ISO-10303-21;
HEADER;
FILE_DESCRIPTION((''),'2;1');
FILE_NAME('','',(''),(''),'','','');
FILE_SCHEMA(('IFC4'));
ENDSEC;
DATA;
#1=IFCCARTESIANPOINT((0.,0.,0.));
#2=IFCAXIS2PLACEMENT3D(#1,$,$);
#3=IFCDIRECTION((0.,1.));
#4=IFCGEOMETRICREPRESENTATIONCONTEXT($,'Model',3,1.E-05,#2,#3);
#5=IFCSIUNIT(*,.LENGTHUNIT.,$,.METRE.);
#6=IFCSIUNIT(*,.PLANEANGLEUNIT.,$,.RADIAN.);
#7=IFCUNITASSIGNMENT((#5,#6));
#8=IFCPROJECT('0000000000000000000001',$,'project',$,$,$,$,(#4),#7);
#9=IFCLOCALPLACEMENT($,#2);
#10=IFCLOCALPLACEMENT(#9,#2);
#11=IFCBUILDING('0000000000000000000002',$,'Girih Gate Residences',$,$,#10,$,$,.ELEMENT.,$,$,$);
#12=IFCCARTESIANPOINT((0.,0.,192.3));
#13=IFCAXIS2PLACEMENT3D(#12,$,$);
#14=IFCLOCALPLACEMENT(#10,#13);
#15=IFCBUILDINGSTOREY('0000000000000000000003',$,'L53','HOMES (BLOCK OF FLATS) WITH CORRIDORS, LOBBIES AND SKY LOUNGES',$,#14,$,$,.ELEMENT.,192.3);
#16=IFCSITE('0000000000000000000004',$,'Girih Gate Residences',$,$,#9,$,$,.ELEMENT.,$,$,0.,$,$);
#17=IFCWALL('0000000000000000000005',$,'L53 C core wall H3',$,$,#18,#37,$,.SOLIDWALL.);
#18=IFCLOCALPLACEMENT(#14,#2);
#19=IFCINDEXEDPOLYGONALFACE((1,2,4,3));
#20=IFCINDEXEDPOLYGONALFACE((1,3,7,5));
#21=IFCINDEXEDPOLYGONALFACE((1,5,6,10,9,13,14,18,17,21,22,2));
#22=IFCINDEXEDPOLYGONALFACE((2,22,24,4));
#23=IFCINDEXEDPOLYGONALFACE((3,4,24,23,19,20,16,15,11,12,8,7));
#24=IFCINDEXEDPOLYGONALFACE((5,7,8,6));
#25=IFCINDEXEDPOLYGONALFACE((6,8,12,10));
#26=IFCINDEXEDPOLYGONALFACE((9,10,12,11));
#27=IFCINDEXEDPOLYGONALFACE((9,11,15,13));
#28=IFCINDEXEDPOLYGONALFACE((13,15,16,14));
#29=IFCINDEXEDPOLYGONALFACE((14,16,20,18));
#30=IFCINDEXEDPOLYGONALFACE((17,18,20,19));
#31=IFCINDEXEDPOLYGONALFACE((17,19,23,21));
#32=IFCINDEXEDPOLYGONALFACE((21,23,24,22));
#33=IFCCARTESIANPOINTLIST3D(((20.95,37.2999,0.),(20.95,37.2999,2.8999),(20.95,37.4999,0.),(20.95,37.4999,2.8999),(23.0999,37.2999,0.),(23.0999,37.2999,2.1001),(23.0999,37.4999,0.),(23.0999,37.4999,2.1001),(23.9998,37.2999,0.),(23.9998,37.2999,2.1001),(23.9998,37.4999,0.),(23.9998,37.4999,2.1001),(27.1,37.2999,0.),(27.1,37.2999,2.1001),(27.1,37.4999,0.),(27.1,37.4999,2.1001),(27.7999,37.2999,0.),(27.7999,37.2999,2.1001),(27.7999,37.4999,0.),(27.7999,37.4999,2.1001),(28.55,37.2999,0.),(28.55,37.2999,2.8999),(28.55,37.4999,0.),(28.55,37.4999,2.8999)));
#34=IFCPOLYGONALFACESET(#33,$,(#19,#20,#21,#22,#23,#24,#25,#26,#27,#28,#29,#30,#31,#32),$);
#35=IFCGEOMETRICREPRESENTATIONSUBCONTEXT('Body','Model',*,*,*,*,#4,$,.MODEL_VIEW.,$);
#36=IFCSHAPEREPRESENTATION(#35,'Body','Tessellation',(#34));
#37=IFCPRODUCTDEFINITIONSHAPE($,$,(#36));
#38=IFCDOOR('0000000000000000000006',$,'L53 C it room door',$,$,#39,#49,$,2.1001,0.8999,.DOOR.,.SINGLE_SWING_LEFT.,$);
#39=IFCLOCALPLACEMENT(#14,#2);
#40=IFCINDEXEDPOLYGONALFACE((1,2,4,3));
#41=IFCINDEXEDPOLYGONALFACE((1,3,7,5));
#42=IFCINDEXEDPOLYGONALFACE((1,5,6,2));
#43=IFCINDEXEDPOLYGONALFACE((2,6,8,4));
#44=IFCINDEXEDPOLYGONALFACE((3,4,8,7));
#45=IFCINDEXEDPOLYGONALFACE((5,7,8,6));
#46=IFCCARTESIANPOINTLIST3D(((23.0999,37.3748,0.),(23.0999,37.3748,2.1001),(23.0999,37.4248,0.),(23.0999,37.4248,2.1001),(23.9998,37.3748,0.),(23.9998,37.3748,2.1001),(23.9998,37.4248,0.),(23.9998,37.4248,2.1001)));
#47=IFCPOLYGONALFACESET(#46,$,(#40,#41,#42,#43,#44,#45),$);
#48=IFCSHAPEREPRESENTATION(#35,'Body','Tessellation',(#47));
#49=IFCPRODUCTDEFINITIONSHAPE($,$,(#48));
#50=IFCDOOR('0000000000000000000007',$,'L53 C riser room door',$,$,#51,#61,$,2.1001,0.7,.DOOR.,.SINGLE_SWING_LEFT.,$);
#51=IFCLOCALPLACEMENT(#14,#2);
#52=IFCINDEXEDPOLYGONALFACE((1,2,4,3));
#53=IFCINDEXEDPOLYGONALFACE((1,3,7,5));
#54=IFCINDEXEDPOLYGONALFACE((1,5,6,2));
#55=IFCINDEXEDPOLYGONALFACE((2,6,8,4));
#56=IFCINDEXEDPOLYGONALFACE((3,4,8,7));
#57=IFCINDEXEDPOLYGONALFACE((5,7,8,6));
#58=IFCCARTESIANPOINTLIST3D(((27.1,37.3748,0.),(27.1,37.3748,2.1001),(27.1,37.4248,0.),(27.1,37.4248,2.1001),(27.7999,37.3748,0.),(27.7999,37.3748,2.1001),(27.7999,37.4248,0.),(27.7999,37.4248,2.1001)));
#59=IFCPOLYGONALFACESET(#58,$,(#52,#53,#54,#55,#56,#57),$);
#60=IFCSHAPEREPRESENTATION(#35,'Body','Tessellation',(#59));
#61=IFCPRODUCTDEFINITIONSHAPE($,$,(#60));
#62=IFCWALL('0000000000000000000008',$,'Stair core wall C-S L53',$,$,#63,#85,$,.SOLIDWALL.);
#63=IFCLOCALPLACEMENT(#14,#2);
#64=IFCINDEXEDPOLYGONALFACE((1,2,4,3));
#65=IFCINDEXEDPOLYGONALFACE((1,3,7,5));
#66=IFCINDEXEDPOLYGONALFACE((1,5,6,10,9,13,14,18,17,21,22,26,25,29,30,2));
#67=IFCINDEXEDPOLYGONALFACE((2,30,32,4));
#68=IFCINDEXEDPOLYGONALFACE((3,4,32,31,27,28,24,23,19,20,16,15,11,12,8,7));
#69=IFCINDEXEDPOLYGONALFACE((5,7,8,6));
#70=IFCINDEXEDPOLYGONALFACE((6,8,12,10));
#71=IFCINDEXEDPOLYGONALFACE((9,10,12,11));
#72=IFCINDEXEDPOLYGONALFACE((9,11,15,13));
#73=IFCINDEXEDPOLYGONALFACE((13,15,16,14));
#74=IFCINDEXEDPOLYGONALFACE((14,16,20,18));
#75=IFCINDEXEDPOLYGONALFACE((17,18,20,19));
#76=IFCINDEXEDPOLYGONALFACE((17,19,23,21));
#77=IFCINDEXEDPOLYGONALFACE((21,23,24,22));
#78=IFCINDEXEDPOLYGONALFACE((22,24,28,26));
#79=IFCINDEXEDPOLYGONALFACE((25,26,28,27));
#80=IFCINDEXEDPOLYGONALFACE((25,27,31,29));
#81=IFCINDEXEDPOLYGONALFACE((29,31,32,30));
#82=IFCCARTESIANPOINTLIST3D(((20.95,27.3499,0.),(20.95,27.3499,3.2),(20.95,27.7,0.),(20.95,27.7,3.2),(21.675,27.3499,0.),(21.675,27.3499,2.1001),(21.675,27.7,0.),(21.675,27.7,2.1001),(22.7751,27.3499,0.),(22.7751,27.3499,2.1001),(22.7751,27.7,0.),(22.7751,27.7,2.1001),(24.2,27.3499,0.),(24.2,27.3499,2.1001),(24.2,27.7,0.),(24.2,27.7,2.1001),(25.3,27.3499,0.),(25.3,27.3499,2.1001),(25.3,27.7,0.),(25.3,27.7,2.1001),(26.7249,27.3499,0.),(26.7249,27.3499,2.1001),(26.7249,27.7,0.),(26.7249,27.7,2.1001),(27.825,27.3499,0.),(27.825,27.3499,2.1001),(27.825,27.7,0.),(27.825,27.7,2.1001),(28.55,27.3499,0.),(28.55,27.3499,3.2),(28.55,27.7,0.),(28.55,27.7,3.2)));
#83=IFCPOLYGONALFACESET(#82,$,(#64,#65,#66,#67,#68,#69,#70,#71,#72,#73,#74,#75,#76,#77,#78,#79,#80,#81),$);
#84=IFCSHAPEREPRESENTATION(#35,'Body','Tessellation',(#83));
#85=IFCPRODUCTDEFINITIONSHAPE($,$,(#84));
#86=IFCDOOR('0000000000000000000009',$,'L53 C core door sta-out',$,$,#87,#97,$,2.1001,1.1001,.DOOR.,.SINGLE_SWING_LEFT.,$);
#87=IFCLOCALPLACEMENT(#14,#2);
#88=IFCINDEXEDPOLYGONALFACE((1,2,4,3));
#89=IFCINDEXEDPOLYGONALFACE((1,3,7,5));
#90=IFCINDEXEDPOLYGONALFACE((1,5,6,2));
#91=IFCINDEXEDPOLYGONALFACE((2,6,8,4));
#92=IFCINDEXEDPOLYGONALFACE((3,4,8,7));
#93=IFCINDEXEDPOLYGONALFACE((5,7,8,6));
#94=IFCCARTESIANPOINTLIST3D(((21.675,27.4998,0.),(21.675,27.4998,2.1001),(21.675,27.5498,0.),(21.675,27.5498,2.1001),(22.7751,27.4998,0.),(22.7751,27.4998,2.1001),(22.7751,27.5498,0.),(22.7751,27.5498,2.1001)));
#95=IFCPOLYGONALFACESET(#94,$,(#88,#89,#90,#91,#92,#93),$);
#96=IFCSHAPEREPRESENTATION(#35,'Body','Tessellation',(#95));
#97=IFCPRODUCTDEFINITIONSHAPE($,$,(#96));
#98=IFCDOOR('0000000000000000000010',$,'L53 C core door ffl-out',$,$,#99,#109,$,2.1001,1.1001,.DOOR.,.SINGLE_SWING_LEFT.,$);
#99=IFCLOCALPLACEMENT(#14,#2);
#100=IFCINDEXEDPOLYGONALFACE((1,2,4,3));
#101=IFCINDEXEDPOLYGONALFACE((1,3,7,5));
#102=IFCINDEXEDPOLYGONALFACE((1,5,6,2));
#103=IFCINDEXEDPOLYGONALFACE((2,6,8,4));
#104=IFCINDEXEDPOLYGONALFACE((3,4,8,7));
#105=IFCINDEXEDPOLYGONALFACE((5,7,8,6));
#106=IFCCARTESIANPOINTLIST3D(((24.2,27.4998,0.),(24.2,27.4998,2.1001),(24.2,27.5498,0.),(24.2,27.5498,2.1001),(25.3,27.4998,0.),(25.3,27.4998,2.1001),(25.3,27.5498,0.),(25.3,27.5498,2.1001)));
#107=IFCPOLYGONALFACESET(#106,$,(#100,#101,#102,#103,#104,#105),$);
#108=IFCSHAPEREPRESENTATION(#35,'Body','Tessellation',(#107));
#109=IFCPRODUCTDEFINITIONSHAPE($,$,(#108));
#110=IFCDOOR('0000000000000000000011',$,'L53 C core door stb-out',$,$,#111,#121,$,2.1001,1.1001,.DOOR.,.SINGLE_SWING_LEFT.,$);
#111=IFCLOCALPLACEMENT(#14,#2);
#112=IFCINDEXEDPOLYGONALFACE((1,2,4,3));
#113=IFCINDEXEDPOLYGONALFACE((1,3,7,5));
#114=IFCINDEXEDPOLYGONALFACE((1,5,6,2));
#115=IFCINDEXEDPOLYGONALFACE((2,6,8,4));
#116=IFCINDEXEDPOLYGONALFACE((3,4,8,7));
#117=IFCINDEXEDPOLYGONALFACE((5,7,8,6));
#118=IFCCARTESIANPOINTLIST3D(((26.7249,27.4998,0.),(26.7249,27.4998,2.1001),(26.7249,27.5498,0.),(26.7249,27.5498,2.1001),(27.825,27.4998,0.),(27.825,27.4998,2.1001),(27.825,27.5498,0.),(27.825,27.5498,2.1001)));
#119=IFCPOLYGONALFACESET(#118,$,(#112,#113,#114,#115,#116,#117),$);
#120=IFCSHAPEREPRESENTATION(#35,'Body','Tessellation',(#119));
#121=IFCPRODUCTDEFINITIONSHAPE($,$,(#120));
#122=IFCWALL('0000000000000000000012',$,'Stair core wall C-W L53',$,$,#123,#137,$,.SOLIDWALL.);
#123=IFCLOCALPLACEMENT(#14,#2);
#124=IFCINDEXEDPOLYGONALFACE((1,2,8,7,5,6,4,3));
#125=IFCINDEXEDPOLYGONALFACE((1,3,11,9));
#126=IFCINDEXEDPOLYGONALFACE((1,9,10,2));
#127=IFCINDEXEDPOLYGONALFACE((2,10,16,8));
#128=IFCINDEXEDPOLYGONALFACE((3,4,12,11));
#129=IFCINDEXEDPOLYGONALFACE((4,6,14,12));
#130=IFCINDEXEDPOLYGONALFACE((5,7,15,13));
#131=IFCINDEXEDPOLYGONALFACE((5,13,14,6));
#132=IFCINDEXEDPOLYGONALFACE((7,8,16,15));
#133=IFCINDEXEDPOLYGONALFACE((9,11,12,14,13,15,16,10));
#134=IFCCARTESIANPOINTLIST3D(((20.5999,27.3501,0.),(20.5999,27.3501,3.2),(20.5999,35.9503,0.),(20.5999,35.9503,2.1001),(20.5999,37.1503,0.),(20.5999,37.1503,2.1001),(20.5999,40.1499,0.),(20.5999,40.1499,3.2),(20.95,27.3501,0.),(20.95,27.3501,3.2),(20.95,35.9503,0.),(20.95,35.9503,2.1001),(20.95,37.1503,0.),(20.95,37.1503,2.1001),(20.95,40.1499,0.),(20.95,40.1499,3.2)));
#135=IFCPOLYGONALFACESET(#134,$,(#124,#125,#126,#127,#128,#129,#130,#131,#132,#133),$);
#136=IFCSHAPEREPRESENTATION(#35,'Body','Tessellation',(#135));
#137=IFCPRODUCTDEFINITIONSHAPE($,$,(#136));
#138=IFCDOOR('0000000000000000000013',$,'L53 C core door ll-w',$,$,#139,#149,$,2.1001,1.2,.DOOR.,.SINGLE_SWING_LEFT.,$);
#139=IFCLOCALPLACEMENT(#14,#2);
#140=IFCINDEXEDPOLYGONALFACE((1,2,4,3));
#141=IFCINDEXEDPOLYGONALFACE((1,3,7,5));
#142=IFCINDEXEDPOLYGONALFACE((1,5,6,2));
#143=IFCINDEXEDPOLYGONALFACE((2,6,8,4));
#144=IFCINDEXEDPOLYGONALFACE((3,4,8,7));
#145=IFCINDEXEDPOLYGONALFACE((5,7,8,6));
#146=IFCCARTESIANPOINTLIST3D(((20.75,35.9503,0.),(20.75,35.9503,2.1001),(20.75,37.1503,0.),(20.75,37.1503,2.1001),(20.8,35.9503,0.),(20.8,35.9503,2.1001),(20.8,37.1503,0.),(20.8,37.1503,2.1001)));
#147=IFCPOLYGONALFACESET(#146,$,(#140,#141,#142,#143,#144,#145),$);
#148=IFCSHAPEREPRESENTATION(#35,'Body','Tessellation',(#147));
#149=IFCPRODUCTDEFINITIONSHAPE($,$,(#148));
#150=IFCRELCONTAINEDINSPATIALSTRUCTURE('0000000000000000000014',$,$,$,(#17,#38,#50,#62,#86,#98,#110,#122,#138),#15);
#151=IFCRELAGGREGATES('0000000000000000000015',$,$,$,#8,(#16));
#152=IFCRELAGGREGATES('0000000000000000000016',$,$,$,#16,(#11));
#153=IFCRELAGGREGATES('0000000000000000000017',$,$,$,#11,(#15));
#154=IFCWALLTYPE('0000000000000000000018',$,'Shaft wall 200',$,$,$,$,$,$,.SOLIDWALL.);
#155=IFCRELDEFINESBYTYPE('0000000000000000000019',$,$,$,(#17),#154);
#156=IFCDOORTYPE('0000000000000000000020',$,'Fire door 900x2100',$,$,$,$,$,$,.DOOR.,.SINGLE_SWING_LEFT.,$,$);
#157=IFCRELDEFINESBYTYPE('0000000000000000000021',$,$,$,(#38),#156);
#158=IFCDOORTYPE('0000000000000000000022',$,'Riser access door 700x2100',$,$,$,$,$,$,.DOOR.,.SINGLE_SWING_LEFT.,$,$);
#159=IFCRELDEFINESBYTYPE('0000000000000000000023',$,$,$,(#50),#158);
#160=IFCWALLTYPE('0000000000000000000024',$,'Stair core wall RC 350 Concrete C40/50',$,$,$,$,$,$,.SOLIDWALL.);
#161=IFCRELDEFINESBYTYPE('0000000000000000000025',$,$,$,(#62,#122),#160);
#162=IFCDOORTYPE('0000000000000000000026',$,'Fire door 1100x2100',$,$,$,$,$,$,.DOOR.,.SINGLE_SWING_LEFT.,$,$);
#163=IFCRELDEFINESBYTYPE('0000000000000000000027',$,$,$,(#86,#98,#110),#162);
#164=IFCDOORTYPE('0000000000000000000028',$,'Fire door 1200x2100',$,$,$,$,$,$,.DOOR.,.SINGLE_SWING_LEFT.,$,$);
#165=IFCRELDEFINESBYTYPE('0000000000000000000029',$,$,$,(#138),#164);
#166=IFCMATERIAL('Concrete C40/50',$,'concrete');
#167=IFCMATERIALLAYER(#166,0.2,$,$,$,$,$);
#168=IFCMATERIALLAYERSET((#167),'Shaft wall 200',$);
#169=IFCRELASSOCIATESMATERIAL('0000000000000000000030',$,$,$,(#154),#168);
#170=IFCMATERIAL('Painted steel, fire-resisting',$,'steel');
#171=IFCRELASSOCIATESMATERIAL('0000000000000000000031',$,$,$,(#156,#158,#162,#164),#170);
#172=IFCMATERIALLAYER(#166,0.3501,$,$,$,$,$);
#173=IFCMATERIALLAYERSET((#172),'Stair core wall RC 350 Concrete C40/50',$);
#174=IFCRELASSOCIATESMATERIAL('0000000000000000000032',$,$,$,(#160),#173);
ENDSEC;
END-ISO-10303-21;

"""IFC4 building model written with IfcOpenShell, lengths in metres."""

from ifc_helpers import new_model, si_unit, direction, frame, frame_2d, origin, place, context, subcontext, project, spatial, rectangle, extrude, material, layer, layer_set, type_object, element, fill, save


model = new_model("IFC4")

# Units and contexts
model_context = context("Model", 3, precision=1e-05, world=origin(), true_north=direction((0.0, 1.0)))
body_context = subcontext(model_context, "Body", "Model", "MODEL_VIEW")
ifc_project = project(units=[si_unit("LENGTHUNIT", "METRE"), si_unit("PLANEANGLEUNIT", "RADIAN")], contexts=[model_context])

# Site, building, storey
site_placement = place(None, origin())
site = spatial("IfcSite", under=ifc_project, at=site_placement, Name="Girih Gate Residences", CompositionType="ELEMENT", RefElevation=0.0)
building_placement = place(site_placement, origin())
building = spatial("IfcBuilding", under=site, at=building_placement, Name="Girih Gate Residences", CompositionType="ELEMENT")
storey_placement = place(building_placement, frame((0.0, 0.0, 192.3)))
storey = spatial("IfcBuildingStorey", under=building, at=storey_placement, Name="L53", Description="HOMES (BLOCK OF FLATS) WITH CORRIDORS, LOBBIES AND SKY LOUNGES", CompositionType="ELEMENT", Elevation=192.3)

# Shared definitions
ifc_material_1 = material(Name="Concrete C40/50", Category="concrete")
ifc_layer_1 = layer(ifc_material_1, 0.2)
ifc_layer_set_1 = layer_set([ifc_layer_1], Name="Shaft wall 200")
wall_type_1 = type_object("IfcWallType", Name="Shaft wall 200", PredefinedType="SOLIDWALL", material=ifc_layer_set_1)

# Shared definitions
ifc_material_2 = material(Name="Painted steel, fire-resisting", Category="steel")
door_type_1 = type_object("IfcDoorType", Name="Fire door 900x2100", OperationType="SINGLE_SWING_LEFT", PredefinedType="DOOR", material=ifc_material_2)

# Walls, openings, doors
wall_1_placement = place(storey_placement, frame((20.95, 37.3999, 0.0), z_axis=(0.0, 0.0, 1.0), x_axis=(1.0, 0.0, 0.0)))
wall_1 = element("IfcWall", 1, at=wall_1_placement, inside=storey, type_object=wall_type_1, Name="L53 C core wall H3", PredefinedType="SOLIDWALL", context=body_context, shape_type="SweptSolid", body=[
    extrude(rectangle(XDim=7.6001, YDim=0.2, at=frame_2d((3.8, 0.0))), origin(), (0.0, 0.0, 1.0), 2.8999),
])
opening_1_placement = place(wall_1_placement, frame((6.1499, 0.0, 0.0)))
opening_1 = element("IfcOpeningElement", 2, at=opening_1_placement, cuts=wall_1, PredefinedType="OPENING", context=body_context, shape_type="SweptSolid", body=[
    extrude(rectangle(XDim=0.7, YDim=2.1001, at=frame_2d((0.3501, 1.05))), frame((0.0, 0.1099, 0.0), z_axis=(0.0, -1.0, 0.0), x_axis=(1.0, 0.0, 0.0)), (0.0, 0.0, 1.0), 0.22),
])
opening_2_placement = place(wall_1_placement, frame((2.1499, 0.0, 0.0)))
opening_2 = element("IfcOpeningElement", 3, at=opening_2_placement, cuts=wall_1, PredefinedType="OPENING", context=body_context, shape_type="SweptSolid", body=[
    extrude(rectangle(XDim=0.8999, YDim=2.1001, at=frame_2d((0.45, 1.05))), frame((0.0, 0.1099, 0.0), z_axis=(0.0, -1.0, 0.0), x_axis=(1.0, 0.0, 0.0)), (0.0, 0.0, 1.0), 0.22),
])
door_1_placement = place(opening_2_placement, origin())
door_1 = element("IfcDoor", 4, at=door_1_placement, inside=storey, type_object=door_type_1, Name="L53 C it room door", OperationType="SINGLE_SWING_LEFT", OverallHeight=2.1001, OverallWidth=0.8999, PredefinedType="DOOR", context=body_context, shape_type="SweptSolid", body=[
    extrude(rectangle(XDim=0.8999, YDim=2.1001, at=frame_2d((0.45, 1.05))), frame((0.0, 0.0249, 0.0), z_axis=(0.0, -1.0, 0.0), x_axis=(1.0, 0.0, 0.0)), (0.0, 0.0, 1.0), 0.05),
])
fill(opening_2, door_1)
door_type_2 = type_object("IfcDoorType", Name="Riser access door 700x2100", OperationType="SINGLE_SWING_LEFT", PredefinedType="DOOR", material=ifc_material_2)
door_2_placement = place(opening_1_placement, origin())
door_2 = element("IfcDoor", 5, at=door_2_placement, inside=storey, type_object=door_type_2, Name="L53 C riser room door", OperationType="SINGLE_SWING_LEFT", OverallHeight=2.1001, OverallWidth=0.7, PredefinedType="DOOR", context=body_context, shape_type="SweptSolid", body=[
    extrude(rectangle(XDim=0.7, YDim=2.1001, at=frame_2d((0.3501, 1.05))), frame((0.0, 0.0249, 0.0), z_axis=(0.0, -1.0, 0.0), x_axis=(1.0, 0.0, 0.0)), (0.0, 0.0, 1.0), 0.05),
])
fill(opening_1, door_2)
ifc_layer_2 = layer(ifc_material_1, 0.3501)
ifc_layer_set_2 = layer_set([ifc_layer_2], Name="Stair core wall RC 350 Concrete C40/50")
wall_type_2 = type_object("IfcWallType", Name="Stair core wall RC 350 Concrete C40/50", PredefinedType="SOLIDWALL", material=ifc_layer_set_2)
wall_2_placement = place(storey_placement, frame((20.95, 27.5249, 0.0), z_axis=(0.0, 0.0, 1.0), x_axis=(1.0, 0.0, 0.0)))
wall_2 = element("IfcWall", 6, at=wall_2_placement, inside=storey, type_object=wall_type_2, Name="Stair core wall C-S L53", PredefinedType="SOLIDWALL", context=body_context, shape_type="SweptSolid", body=[
    extrude(rectangle(XDim=7.6001, YDim=0.3501, at=frame_2d((3.8, 0.0))), origin(), (0.0, 0.0, 1.0), 3.2),
])
opening_3_placement = place(wall_2_placement, frame((0.7251, 0.0, 0.0)))
opening_3 = element("IfcOpeningElement", 7, at=opening_3_placement, cuts=wall_2, PredefinedType="OPENING", context=body_context, shape_type="SweptSolid", body=[
    extrude(rectangle(XDim=1.1001, YDim=2.1001, at=frame_2d((0.55, 1.05))), frame((0.0, 0.1851, 0.0), z_axis=(0.0, -1.0, 0.0), x_axis=(1.0, 0.0, 0.0)), (0.0, 0.0, 1.0), 0.3701),
])
opening_4_placement = place(wall_2_placement, frame((3.25, 0.0, 0.0)))
opening_4 = element("IfcOpeningElement", 8, at=opening_4_placement, cuts=wall_2, PredefinedType="OPENING", context=body_context, shape_type="SweptSolid", body=[
    extrude(rectangle(XDim=1.1001, YDim=2.1001, at=frame_2d((0.55, 1.05))), frame((0.0, 0.1851, 0.0), z_axis=(0.0, -1.0, 0.0), x_axis=(1.0, 0.0, 0.0)), (0.0, 0.0, 1.0), 0.3701),
])
opening_5_placement = place(wall_2_placement, frame((5.7749, 0.0, 0.0)))
opening_5 = element("IfcOpeningElement", 9, at=opening_5_placement, cuts=wall_2, PredefinedType="OPENING", context=body_context, shape_type="SweptSolid", body=[
    extrude(rectangle(XDim=1.1001, YDim=2.1001, at=frame_2d((0.55, 1.05))), frame((0.0, 0.1851, 0.0), z_axis=(0.0, -1.0, 0.0), x_axis=(1.0, 0.0, 0.0)), (0.0, 0.0, 1.0), 0.3701),
])
door_type_3 = type_object("IfcDoorType", Name="Fire door 1100x2100", OperationType="SINGLE_SWING_LEFT", PredefinedType="DOOR", material=ifc_material_2)
door_3_placement = place(opening_3_placement, origin())
door_3 = element("IfcDoor", 10, at=door_3_placement, inside=storey, type_object=door_type_3, Name="L53 C core door sta-out", OperationType="SINGLE_SWING_LEFT", OverallHeight=2.1001, OverallWidth=1.1001, PredefinedType="DOOR", context=body_context, shape_type="SweptSolid", body=[
    extrude(rectangle(XDim=1.1001, YDim=2.1001, at=frame_2d((0.55, 1.05))), frame((0.0, 0.0249, 0.0), z_axis=(0.0, -1.0, 0.0), x_axis=(1.0, 0.0, 0.0)), (0.0, 0.0, 1.0), 0.05),
])
fill(opening_3, door_3)
door_4_placement = place(opening_4_placement, origin())
door_4 = element("IfcDoor", 11, at=door_4_placement, inside=storey, type_object=door_type_3, Name="L53 C core door ffl-out", OperationType="SINGLE_SWING_LEFT", OverallHeight=2.1001, OverallWidth=1.1001, PredefinedType="DOOR", context=body_context, shape_type="SweptSolid", body=[
    extrude(rectangle(XDim=1.1001, YDim=2.1001, at=frame_2d((0.55, 1.05))), frame((0.0, 0.0249, 0.0), z_axis=(0.0, -1.0, 0.0), x_axis=(1.0, 0.0, 0.0)), (0.0, 0.0, 1.0), 0.05),
])
fill(opening_4, door_4)
door_5_placement = place(opening_5_placement, origin())
door_5 = element("IfcDoor", 12, at=door_5_placement, inside=storey, type_object=door_type_3, Name="L53 C core door stb-out", OperationType="SINGLE_SWING_LEFT", OverallHeight=2.1001, OverallWidth=1.1001, PredefinedType="DOOR", context=body_context, shape_type="SweptSolid", body=[
    extrude(rectangle(XDim=1.1001, YDim=2.1001, at=frame_2d((0.55, 1.05))), frame((0.0, 0.0249, 0.0), z_axis=(0.0, -1.0, 0.0), x_axis=(1.0, 0.0, 0.0)), (0.0, 0.0, 1.0), 0.05),
])
fill(opening_5, door_5)

# Wall, opening, door
wall_3_placement = place(storey_placement, frame((20.7749, 27.3501, 0.0), z_axis=(0.0, 0.0, 1.0), x_axis=(0.0, 1.0, 0.0)))
wall_3 = element("IfcWall", 13, at=wall_3_placement, inside=storey, type_object=wall_type_2, Name="Stair core wall C-W L53", PredefinedType="SOLIDWALL", context=body_context, shape_type="SweptSolid", body=[
    extrude(rectangle(XDim=12.7998, YDim=0.3501, at=frame_2d((6.3999, 0.0))), origin(), (0.0, 0.0, 1.0), 3.2),
])
opening_6_placement = place(wall_3_placement, frame((8.6001, 0.0, 0.0)))
opening_6 = element("IfcOpeningElement", 14, at=opening_6_placement, cuts=wall_3, PredefinedType="OPENING", context=body_context, shape_type="SweptSolid", body=[
    extrude(rectangle(XDim=1.2, YDim=2.1001, at=frame_2d((0.6001, 1.05))), frame((0.0, 0.1851, 0.0), z_axis=(0.0, -1.0, 0.0), x_axis=(1.0, 0.0, 0.0)), (0.0, 0.0, 1.0), 0.3701),
])
door_type_4 = type_object("IfcDoorType", Name="Fire door 1200x2100", OperationType="SINGLE_SWING_LEFT", PredefinedType="DOOR", material=ifc_material_2)
door_6_placement = place(opening_6_placement, origin())
door_6 = element("IfcDoor", 15, at=door_6_placement, inside=storey, type_object=door_type_4, Name="L53 C core door ll-w", OperationType="SINGLE_SWING_LEFT", OverallHeight=2.1001, OverallWidth=1.2, PredefinedType="DOOR", context=body_context, shape_type="SweptSolid", body=[
    extrude(rectangle(XDim=1.2, YDim=2.1001, at=frame_2d((0.6001, 1.05))), frame((0.0, 0.0249, 0.0), z_axis=(0.0, -1.0, 0.0), x_axis=(1.0, 0.0, 0.0)), (0.0, 0.0, 1.0), 0.05),
])
fill(opening_6, door_6)

save(model, "model.ifc")
